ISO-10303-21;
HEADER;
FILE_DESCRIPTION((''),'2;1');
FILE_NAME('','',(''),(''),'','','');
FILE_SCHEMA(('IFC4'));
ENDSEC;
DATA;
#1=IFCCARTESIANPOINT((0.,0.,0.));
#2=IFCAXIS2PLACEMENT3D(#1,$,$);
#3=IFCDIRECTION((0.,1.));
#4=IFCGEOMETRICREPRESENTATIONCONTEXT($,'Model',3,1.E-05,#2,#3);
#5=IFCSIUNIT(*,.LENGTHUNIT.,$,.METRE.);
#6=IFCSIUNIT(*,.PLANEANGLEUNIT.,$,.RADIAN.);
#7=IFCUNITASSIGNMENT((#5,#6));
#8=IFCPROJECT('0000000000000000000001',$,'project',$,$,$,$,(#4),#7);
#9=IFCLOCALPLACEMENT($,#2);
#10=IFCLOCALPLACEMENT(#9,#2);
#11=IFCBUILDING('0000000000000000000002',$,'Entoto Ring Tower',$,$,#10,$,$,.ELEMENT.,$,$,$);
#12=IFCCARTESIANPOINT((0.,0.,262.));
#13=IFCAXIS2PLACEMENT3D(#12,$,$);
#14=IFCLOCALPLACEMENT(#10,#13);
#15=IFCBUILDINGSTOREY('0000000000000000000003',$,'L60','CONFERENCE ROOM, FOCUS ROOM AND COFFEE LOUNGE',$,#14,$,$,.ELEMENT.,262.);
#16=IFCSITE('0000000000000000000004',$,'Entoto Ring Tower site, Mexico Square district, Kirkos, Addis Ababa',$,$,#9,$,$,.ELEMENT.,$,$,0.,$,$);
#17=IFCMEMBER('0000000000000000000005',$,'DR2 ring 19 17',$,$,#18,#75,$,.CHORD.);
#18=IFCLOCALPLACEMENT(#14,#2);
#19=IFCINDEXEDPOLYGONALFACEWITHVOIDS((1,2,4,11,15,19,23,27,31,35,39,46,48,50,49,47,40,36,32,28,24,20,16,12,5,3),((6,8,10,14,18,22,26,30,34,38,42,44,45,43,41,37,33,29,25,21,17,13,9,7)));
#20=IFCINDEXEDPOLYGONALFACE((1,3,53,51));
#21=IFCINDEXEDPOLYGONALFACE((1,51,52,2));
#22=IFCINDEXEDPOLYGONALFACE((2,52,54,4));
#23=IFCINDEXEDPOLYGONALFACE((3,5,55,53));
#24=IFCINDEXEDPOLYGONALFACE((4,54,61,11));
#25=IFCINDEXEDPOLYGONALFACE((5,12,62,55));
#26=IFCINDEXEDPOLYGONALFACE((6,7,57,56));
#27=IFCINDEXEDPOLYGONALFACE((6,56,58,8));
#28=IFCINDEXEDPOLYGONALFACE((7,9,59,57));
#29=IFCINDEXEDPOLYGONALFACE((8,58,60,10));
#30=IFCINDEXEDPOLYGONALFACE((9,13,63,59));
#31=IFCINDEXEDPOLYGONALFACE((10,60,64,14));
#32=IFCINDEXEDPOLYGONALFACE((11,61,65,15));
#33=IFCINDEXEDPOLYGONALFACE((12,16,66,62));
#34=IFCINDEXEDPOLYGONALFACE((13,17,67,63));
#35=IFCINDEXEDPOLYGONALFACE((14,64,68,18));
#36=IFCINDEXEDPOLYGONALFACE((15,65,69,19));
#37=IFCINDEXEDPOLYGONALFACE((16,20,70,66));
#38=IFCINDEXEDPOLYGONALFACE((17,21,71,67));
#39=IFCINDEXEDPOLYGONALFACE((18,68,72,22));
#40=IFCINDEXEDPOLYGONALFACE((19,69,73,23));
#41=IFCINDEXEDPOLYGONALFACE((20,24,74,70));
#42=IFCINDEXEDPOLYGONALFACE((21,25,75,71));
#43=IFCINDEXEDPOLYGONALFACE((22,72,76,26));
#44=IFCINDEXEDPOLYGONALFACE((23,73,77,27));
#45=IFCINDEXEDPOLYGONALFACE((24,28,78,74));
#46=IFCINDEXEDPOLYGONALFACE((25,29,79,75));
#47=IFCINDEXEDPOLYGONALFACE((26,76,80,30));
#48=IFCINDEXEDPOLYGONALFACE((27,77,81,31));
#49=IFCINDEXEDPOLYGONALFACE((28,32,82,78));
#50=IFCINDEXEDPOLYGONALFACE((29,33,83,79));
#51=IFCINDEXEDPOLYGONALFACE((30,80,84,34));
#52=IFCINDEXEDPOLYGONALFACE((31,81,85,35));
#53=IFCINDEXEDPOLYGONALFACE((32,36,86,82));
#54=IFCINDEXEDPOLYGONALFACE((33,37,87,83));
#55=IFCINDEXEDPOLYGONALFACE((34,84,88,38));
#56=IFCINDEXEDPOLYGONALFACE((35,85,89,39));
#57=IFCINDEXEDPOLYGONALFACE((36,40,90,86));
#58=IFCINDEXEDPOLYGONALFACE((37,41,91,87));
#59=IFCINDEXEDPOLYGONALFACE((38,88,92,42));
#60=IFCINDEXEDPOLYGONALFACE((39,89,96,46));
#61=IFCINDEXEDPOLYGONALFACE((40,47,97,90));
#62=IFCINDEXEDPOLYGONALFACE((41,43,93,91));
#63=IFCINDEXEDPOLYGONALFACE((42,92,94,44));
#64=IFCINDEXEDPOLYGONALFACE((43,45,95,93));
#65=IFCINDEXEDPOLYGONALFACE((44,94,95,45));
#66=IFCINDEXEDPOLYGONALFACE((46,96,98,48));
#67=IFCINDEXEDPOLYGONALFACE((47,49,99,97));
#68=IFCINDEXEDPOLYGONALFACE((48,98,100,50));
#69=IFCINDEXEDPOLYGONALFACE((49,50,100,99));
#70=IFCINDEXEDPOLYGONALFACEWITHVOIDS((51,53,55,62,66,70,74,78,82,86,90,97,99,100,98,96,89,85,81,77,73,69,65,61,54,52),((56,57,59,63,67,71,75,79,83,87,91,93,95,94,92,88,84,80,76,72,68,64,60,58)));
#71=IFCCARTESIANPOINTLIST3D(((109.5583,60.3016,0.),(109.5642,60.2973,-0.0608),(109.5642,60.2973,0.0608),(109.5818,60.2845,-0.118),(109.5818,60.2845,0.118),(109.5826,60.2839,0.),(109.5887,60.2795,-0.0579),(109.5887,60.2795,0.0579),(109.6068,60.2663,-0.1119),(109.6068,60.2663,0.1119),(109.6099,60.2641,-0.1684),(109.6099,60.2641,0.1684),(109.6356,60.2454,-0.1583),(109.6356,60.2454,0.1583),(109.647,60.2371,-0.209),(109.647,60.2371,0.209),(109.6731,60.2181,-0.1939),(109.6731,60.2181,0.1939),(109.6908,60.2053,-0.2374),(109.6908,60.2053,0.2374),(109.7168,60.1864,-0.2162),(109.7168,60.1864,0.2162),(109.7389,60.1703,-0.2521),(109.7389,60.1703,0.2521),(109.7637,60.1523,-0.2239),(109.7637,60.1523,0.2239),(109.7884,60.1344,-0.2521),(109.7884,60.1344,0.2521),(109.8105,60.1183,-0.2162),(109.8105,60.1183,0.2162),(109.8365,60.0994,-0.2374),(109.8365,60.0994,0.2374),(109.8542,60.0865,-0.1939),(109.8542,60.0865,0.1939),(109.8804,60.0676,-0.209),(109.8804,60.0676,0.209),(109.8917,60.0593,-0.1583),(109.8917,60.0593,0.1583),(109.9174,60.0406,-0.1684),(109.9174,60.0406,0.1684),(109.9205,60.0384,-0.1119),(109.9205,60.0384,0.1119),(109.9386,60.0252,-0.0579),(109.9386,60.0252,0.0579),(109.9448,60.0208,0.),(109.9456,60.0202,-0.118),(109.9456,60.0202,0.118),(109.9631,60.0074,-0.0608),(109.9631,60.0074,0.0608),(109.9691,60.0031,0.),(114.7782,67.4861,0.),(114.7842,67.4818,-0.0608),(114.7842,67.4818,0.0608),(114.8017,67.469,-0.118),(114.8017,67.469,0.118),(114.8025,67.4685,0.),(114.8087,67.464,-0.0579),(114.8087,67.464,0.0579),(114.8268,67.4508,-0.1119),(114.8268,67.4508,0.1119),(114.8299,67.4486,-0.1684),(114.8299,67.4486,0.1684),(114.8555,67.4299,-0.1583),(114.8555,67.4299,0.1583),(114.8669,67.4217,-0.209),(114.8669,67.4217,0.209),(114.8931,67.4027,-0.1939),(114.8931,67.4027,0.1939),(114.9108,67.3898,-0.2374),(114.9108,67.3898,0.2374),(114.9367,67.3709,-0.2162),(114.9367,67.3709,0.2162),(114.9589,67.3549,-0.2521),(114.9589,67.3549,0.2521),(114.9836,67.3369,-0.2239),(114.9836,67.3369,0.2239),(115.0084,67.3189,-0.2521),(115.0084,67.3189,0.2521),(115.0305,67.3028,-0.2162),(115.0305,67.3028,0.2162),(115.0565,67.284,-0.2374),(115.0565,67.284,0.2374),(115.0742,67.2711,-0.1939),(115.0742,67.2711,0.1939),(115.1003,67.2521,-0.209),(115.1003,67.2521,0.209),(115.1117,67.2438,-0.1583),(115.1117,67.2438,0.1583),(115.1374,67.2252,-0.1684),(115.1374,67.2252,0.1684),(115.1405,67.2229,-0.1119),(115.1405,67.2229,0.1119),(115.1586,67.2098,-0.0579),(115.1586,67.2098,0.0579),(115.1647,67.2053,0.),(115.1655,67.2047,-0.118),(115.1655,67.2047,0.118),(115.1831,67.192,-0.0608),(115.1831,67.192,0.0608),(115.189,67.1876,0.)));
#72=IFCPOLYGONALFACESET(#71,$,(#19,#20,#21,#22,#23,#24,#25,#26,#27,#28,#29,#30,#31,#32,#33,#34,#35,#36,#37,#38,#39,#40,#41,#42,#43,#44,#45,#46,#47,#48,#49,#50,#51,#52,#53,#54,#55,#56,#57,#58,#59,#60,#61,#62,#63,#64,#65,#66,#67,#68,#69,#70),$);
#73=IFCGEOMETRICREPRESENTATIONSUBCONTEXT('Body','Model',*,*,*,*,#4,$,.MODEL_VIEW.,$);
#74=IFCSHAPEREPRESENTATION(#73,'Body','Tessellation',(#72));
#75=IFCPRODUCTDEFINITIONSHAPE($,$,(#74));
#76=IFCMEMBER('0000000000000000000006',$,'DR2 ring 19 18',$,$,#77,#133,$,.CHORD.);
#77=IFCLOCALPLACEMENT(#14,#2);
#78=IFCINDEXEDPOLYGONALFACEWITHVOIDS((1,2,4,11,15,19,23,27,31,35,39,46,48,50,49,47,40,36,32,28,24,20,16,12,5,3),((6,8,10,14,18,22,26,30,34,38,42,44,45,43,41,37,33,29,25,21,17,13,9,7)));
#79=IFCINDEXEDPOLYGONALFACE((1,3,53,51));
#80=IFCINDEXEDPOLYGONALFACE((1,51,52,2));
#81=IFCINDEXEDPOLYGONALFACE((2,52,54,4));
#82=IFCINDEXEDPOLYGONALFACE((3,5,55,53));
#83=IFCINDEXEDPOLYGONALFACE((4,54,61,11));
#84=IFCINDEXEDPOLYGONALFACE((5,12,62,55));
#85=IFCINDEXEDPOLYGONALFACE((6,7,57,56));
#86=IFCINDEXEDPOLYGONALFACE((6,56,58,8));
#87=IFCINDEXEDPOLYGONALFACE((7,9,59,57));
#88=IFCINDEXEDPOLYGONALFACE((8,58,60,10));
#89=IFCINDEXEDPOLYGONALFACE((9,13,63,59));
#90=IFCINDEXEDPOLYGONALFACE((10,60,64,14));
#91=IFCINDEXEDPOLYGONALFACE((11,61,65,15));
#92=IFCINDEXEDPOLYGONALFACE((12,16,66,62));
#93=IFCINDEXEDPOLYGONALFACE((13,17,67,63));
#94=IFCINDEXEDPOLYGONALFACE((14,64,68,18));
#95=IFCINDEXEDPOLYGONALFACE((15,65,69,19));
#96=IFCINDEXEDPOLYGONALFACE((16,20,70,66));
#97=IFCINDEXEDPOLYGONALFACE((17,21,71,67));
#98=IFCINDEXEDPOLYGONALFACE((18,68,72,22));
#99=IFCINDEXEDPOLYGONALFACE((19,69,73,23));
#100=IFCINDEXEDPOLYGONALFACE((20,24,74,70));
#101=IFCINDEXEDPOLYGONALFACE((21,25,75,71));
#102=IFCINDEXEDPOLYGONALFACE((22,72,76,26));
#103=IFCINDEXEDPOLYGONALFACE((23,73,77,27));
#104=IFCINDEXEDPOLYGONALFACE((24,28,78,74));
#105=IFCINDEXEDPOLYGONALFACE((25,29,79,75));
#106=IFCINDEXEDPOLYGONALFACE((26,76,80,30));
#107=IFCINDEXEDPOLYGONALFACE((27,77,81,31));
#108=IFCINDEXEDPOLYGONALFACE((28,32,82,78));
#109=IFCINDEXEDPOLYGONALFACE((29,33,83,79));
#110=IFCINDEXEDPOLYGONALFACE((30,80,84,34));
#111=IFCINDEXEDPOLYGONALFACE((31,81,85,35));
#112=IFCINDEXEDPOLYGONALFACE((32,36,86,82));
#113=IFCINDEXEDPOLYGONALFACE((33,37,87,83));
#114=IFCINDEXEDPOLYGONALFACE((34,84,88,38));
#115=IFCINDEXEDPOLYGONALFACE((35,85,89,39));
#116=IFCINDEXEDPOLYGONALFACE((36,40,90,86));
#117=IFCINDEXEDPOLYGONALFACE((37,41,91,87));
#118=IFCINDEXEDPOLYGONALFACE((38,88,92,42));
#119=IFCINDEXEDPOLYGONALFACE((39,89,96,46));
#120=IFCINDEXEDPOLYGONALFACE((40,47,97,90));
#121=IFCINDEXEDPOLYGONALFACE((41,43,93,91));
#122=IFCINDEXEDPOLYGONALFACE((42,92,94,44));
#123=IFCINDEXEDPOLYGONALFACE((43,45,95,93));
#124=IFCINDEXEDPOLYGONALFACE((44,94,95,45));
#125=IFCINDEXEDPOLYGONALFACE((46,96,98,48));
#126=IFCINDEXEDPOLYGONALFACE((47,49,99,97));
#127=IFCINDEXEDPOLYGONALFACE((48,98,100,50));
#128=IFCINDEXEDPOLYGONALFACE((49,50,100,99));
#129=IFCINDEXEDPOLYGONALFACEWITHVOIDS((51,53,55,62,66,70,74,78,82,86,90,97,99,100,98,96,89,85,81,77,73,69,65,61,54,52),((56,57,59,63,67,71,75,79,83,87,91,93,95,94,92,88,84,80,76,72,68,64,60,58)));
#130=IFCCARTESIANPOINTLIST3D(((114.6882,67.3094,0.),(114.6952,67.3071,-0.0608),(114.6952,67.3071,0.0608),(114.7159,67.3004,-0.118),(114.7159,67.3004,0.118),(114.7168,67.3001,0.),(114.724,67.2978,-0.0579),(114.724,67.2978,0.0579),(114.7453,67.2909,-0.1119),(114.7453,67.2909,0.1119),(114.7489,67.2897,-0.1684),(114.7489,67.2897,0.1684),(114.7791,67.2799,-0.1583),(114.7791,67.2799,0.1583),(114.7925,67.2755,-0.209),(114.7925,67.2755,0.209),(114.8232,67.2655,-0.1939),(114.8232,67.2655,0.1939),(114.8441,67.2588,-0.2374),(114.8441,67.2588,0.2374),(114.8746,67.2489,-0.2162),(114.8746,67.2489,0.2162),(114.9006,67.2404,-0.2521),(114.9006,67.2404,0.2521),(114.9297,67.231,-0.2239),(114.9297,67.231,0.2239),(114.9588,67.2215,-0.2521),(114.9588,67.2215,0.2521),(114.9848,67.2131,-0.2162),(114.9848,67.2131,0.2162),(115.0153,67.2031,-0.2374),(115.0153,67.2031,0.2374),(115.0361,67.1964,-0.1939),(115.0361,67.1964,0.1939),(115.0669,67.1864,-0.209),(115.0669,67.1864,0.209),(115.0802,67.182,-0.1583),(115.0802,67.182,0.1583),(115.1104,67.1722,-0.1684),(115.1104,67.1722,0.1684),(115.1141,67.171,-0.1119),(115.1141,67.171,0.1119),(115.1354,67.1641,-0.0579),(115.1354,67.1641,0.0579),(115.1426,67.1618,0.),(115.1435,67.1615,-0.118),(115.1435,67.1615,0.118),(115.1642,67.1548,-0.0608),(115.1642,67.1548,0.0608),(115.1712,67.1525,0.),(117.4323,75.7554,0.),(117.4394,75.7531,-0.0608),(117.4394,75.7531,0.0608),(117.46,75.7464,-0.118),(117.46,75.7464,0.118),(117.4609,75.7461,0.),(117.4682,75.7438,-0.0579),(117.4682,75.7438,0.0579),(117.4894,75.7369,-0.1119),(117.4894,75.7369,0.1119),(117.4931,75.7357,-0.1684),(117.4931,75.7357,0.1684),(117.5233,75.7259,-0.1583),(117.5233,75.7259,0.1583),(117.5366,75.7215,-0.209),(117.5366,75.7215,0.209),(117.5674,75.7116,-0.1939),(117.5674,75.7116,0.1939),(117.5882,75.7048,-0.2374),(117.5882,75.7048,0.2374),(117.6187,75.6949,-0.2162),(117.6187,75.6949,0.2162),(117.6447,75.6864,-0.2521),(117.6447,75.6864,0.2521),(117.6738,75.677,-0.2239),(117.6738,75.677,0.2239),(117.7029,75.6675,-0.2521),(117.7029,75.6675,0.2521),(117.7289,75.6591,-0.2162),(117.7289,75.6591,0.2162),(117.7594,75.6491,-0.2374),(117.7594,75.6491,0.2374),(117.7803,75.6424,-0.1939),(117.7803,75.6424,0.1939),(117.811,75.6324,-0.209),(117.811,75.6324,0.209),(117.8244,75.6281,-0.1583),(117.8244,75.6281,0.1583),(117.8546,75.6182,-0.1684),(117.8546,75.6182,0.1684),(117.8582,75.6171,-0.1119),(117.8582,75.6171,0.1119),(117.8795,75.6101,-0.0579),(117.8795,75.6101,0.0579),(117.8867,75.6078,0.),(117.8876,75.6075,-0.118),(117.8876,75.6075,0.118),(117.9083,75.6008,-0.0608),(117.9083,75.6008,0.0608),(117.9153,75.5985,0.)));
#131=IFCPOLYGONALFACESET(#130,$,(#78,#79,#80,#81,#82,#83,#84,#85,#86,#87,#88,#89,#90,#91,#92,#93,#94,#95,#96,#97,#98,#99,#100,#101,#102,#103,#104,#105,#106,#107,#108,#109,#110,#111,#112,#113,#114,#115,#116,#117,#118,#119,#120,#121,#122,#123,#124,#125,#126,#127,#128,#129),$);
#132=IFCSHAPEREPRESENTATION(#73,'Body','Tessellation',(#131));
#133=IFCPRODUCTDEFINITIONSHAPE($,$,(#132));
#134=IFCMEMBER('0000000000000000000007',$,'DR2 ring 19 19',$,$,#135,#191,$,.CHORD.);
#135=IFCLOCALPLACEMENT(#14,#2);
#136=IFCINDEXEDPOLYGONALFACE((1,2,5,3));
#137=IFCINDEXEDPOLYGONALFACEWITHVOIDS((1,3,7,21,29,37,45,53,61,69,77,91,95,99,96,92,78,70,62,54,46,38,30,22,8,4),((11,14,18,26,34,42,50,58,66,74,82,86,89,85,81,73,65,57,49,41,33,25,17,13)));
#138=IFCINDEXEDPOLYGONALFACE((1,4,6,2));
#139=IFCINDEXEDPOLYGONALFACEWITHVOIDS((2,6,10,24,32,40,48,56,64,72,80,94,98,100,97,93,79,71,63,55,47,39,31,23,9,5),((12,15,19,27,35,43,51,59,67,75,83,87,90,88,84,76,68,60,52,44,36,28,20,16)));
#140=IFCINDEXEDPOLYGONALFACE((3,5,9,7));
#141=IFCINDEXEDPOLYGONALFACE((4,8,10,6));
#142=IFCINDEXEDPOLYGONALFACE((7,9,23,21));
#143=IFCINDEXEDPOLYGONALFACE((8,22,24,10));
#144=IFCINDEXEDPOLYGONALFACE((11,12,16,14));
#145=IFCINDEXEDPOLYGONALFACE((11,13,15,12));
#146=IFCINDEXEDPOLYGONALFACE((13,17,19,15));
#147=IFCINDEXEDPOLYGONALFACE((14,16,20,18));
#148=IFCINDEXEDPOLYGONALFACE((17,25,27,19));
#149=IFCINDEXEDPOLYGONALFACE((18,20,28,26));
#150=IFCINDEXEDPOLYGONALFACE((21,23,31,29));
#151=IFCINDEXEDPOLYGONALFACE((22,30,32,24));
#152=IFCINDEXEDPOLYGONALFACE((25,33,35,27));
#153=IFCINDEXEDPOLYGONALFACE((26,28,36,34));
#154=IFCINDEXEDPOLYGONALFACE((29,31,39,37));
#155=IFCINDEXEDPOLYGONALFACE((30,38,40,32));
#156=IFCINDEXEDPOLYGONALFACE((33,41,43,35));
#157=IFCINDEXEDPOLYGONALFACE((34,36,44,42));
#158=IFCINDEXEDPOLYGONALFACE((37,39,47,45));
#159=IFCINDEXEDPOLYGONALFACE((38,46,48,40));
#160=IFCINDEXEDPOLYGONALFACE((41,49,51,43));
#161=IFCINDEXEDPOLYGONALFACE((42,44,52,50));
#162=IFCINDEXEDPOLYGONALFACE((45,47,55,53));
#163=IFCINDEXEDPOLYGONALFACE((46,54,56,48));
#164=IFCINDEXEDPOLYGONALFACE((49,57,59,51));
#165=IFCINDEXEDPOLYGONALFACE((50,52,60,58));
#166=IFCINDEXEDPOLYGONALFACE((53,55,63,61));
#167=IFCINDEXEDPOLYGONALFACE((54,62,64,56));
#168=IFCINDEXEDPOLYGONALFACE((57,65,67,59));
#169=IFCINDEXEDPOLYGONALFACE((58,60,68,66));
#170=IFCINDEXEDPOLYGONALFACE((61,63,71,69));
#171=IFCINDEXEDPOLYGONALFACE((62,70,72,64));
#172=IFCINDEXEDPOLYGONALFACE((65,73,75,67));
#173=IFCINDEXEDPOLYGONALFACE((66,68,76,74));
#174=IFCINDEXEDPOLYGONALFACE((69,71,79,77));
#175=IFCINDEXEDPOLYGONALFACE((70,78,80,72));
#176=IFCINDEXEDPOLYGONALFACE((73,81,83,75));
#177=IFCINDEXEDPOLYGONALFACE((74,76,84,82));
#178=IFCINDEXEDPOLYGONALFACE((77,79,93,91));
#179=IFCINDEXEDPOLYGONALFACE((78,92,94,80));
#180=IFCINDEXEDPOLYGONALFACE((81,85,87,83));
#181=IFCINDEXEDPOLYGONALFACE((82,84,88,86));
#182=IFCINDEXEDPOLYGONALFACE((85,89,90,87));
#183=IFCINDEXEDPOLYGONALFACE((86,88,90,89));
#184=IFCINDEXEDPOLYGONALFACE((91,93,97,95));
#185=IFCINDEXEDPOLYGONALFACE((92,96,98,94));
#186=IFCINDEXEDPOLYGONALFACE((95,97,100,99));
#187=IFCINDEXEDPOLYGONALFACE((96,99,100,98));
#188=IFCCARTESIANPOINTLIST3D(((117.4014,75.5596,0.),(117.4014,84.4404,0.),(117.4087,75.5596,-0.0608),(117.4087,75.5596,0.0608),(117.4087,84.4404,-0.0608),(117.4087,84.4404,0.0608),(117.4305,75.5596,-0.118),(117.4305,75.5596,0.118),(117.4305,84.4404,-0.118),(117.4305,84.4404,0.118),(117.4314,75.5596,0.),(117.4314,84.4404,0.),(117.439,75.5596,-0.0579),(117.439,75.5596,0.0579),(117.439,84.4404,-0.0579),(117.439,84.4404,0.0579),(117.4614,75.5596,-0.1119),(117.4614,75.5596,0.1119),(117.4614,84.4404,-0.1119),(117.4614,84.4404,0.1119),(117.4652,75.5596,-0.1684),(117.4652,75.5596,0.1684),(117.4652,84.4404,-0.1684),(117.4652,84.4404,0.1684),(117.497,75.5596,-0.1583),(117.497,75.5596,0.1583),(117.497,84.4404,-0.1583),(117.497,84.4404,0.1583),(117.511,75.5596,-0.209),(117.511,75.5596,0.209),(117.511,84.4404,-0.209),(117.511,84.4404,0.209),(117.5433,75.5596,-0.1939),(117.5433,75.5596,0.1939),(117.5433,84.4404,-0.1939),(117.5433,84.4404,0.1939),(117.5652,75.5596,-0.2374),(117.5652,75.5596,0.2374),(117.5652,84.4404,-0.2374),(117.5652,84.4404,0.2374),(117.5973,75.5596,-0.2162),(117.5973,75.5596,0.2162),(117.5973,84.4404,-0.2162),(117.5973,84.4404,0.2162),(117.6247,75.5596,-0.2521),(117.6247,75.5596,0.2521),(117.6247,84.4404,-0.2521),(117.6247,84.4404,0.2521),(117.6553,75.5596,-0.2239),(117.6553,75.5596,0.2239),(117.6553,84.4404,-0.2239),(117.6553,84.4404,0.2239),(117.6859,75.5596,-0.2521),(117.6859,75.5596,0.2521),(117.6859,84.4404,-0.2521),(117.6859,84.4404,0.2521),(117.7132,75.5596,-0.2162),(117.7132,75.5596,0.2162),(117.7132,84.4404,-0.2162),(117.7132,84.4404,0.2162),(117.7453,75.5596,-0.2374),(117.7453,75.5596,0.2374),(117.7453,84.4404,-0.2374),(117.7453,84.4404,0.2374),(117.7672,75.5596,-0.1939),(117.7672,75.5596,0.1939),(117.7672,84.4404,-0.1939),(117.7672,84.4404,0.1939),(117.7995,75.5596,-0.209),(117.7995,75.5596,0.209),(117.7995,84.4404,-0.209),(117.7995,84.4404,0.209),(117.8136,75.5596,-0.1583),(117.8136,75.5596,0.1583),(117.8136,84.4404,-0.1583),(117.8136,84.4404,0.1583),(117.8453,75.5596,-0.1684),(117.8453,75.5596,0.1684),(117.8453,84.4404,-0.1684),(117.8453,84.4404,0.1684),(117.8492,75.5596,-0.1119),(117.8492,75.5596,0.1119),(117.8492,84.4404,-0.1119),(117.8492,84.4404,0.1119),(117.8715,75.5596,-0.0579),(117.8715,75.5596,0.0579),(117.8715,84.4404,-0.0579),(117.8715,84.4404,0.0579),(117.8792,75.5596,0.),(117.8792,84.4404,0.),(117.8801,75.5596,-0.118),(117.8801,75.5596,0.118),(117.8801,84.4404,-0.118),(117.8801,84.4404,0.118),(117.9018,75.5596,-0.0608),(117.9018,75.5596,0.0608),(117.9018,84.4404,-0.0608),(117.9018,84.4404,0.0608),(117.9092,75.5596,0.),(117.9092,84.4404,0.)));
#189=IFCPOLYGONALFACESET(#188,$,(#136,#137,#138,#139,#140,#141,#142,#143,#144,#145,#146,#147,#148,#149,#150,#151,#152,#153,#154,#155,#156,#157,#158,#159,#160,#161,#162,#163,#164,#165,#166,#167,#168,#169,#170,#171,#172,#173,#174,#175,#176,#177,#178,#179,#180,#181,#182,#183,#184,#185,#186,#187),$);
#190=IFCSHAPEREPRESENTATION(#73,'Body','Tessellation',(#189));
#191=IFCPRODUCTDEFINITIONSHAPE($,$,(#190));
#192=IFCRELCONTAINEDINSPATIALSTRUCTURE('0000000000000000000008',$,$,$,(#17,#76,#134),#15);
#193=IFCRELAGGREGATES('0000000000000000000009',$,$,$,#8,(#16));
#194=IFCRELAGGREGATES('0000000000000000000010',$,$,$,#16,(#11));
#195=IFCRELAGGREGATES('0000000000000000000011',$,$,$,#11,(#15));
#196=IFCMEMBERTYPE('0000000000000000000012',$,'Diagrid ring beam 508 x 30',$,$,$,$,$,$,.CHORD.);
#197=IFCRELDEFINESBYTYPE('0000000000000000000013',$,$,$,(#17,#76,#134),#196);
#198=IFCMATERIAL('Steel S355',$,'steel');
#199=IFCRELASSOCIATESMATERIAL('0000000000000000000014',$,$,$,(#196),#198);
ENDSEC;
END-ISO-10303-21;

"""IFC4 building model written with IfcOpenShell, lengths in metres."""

from ifc_helpers import new_model, si_unit, direction, frame, origin, origin_2d, place, context, subcontext, project, spatial, circle, hollow_circle, extrude, material, material_profile, profile_set, type_object, element, save


model = new_model("IFC4")

# Units and contexts
model_context = context("Model", 3, precision=1e-05, world=origin(), true_north=direction((0.0, 1.0)))
body_context = subcontext(model_context, "Body", "Model", "MODEL_VIEW")
ifc_project = project(units=[si_unit("LENGTHUNIT", "METRE"), si_unit("PLANEANGLEUNIT", "RADIAN")], contexts=[model_context])

# Site, building, storey
site_placement = place(None, origin())
site = spatial("IfcSite", under=ifc_project, at=site_placement, Name="Entoto Ring Tower site, Mexico Square district, Kirkos, Addis Ababa", CompositionType="ELEMENT", RefElevation=0.0)
building_placement = place(site_placement, origin())
building = spatial("IfcBuilding", under=site, at=building_placement, Name="Entoto Ring Tower", CompositionType="ELEMENT")
storey_placement = place(building_placement, frame((0.0, 0.0, 262.0)))
storey = spatial("IfcBuildingStorey", under=building, at=storey_placement, Name="L60", Description="CONFERENCE ROOM, FOCUS ROOM AND COFFEE LOUNGE", CompositionType="ELEMENT", Elevation=262.0)

# Members
ifc_material_1 = material(Name="Steel S355", Category="steel")
ifc_material_profile_1 = material_profile(ifc_material_1, hollow_circle(Radius=0.2539, WallThickness=0.03, at=origin_2d()), Name="CHS 508 x 30")
ifc_material_2 = material(Name="Concrete C60/75", Category="concrete")
ifc_material_profile_2 = material_profile(ifc_material_2, circle(Radius=0.2241, at=origin_2d()), Name="Concrete C60/75 infill")
ifc_profile_set_1 = profile_set([ifc_material_profile_1, ifc_material_profile_2], Name="Steel S355")
member_type_1 = type_object("IfcMemberType", Name="Diagrid ring beam 508 x 30", PredefinedType="CHORD", material=ifc_profile_set_1)
for number, where, z_axis, x_axis, name in (
    (1, (109.7637, 60.1523, 0.0), (0.587791, 0.809013, 0.0), (-0.809013, 0.587791, 0.0), "DR2 ring 19 17"),
    (2, (114.9297, 67.231, 0.0), (0.309002, 0.951061, 0.0), (-0.951061, 0.309002, 0.0), "DR2 ring 19 18"),
):
    element("IfcMember", number, at=place(storey_placement, frame(where, z_axis=z_axis, x_axis=x_axis)), inside=storey, type_object=member_type_1, Name=name, PredefinedType="CHORD", context=body_context, shape_type="SweptSolid", body=[
        extrude(hollow_circle(Radius=0.2539, WallThickness=0.03, at=origin_2d()), origin(), (0.0, 0.0, 1.0), 8.8806),
    ])
member_1_placement = place(storey_placement, frame((117.6553, 75.5596, 0.0), z_axis=(0.0, 1.0, 0.0), x_axis=(-1.0, 0.0, 0.0)))
element("IfcMember", 3, at=member_1_placement, inside=storey, type_object=member_type_1, Name="DR2 ring 19 19", PredefinedType="CHORD", context=body_context, shape_type="SweptSolid", body=[
    extrude(hollow_circle(Radius=0.2539, WallThickness=0.03, at=origin_2d()), origin(), (0.0, 0.0, 1.0), 8.8809),
])

save(model, "model.ifc")
